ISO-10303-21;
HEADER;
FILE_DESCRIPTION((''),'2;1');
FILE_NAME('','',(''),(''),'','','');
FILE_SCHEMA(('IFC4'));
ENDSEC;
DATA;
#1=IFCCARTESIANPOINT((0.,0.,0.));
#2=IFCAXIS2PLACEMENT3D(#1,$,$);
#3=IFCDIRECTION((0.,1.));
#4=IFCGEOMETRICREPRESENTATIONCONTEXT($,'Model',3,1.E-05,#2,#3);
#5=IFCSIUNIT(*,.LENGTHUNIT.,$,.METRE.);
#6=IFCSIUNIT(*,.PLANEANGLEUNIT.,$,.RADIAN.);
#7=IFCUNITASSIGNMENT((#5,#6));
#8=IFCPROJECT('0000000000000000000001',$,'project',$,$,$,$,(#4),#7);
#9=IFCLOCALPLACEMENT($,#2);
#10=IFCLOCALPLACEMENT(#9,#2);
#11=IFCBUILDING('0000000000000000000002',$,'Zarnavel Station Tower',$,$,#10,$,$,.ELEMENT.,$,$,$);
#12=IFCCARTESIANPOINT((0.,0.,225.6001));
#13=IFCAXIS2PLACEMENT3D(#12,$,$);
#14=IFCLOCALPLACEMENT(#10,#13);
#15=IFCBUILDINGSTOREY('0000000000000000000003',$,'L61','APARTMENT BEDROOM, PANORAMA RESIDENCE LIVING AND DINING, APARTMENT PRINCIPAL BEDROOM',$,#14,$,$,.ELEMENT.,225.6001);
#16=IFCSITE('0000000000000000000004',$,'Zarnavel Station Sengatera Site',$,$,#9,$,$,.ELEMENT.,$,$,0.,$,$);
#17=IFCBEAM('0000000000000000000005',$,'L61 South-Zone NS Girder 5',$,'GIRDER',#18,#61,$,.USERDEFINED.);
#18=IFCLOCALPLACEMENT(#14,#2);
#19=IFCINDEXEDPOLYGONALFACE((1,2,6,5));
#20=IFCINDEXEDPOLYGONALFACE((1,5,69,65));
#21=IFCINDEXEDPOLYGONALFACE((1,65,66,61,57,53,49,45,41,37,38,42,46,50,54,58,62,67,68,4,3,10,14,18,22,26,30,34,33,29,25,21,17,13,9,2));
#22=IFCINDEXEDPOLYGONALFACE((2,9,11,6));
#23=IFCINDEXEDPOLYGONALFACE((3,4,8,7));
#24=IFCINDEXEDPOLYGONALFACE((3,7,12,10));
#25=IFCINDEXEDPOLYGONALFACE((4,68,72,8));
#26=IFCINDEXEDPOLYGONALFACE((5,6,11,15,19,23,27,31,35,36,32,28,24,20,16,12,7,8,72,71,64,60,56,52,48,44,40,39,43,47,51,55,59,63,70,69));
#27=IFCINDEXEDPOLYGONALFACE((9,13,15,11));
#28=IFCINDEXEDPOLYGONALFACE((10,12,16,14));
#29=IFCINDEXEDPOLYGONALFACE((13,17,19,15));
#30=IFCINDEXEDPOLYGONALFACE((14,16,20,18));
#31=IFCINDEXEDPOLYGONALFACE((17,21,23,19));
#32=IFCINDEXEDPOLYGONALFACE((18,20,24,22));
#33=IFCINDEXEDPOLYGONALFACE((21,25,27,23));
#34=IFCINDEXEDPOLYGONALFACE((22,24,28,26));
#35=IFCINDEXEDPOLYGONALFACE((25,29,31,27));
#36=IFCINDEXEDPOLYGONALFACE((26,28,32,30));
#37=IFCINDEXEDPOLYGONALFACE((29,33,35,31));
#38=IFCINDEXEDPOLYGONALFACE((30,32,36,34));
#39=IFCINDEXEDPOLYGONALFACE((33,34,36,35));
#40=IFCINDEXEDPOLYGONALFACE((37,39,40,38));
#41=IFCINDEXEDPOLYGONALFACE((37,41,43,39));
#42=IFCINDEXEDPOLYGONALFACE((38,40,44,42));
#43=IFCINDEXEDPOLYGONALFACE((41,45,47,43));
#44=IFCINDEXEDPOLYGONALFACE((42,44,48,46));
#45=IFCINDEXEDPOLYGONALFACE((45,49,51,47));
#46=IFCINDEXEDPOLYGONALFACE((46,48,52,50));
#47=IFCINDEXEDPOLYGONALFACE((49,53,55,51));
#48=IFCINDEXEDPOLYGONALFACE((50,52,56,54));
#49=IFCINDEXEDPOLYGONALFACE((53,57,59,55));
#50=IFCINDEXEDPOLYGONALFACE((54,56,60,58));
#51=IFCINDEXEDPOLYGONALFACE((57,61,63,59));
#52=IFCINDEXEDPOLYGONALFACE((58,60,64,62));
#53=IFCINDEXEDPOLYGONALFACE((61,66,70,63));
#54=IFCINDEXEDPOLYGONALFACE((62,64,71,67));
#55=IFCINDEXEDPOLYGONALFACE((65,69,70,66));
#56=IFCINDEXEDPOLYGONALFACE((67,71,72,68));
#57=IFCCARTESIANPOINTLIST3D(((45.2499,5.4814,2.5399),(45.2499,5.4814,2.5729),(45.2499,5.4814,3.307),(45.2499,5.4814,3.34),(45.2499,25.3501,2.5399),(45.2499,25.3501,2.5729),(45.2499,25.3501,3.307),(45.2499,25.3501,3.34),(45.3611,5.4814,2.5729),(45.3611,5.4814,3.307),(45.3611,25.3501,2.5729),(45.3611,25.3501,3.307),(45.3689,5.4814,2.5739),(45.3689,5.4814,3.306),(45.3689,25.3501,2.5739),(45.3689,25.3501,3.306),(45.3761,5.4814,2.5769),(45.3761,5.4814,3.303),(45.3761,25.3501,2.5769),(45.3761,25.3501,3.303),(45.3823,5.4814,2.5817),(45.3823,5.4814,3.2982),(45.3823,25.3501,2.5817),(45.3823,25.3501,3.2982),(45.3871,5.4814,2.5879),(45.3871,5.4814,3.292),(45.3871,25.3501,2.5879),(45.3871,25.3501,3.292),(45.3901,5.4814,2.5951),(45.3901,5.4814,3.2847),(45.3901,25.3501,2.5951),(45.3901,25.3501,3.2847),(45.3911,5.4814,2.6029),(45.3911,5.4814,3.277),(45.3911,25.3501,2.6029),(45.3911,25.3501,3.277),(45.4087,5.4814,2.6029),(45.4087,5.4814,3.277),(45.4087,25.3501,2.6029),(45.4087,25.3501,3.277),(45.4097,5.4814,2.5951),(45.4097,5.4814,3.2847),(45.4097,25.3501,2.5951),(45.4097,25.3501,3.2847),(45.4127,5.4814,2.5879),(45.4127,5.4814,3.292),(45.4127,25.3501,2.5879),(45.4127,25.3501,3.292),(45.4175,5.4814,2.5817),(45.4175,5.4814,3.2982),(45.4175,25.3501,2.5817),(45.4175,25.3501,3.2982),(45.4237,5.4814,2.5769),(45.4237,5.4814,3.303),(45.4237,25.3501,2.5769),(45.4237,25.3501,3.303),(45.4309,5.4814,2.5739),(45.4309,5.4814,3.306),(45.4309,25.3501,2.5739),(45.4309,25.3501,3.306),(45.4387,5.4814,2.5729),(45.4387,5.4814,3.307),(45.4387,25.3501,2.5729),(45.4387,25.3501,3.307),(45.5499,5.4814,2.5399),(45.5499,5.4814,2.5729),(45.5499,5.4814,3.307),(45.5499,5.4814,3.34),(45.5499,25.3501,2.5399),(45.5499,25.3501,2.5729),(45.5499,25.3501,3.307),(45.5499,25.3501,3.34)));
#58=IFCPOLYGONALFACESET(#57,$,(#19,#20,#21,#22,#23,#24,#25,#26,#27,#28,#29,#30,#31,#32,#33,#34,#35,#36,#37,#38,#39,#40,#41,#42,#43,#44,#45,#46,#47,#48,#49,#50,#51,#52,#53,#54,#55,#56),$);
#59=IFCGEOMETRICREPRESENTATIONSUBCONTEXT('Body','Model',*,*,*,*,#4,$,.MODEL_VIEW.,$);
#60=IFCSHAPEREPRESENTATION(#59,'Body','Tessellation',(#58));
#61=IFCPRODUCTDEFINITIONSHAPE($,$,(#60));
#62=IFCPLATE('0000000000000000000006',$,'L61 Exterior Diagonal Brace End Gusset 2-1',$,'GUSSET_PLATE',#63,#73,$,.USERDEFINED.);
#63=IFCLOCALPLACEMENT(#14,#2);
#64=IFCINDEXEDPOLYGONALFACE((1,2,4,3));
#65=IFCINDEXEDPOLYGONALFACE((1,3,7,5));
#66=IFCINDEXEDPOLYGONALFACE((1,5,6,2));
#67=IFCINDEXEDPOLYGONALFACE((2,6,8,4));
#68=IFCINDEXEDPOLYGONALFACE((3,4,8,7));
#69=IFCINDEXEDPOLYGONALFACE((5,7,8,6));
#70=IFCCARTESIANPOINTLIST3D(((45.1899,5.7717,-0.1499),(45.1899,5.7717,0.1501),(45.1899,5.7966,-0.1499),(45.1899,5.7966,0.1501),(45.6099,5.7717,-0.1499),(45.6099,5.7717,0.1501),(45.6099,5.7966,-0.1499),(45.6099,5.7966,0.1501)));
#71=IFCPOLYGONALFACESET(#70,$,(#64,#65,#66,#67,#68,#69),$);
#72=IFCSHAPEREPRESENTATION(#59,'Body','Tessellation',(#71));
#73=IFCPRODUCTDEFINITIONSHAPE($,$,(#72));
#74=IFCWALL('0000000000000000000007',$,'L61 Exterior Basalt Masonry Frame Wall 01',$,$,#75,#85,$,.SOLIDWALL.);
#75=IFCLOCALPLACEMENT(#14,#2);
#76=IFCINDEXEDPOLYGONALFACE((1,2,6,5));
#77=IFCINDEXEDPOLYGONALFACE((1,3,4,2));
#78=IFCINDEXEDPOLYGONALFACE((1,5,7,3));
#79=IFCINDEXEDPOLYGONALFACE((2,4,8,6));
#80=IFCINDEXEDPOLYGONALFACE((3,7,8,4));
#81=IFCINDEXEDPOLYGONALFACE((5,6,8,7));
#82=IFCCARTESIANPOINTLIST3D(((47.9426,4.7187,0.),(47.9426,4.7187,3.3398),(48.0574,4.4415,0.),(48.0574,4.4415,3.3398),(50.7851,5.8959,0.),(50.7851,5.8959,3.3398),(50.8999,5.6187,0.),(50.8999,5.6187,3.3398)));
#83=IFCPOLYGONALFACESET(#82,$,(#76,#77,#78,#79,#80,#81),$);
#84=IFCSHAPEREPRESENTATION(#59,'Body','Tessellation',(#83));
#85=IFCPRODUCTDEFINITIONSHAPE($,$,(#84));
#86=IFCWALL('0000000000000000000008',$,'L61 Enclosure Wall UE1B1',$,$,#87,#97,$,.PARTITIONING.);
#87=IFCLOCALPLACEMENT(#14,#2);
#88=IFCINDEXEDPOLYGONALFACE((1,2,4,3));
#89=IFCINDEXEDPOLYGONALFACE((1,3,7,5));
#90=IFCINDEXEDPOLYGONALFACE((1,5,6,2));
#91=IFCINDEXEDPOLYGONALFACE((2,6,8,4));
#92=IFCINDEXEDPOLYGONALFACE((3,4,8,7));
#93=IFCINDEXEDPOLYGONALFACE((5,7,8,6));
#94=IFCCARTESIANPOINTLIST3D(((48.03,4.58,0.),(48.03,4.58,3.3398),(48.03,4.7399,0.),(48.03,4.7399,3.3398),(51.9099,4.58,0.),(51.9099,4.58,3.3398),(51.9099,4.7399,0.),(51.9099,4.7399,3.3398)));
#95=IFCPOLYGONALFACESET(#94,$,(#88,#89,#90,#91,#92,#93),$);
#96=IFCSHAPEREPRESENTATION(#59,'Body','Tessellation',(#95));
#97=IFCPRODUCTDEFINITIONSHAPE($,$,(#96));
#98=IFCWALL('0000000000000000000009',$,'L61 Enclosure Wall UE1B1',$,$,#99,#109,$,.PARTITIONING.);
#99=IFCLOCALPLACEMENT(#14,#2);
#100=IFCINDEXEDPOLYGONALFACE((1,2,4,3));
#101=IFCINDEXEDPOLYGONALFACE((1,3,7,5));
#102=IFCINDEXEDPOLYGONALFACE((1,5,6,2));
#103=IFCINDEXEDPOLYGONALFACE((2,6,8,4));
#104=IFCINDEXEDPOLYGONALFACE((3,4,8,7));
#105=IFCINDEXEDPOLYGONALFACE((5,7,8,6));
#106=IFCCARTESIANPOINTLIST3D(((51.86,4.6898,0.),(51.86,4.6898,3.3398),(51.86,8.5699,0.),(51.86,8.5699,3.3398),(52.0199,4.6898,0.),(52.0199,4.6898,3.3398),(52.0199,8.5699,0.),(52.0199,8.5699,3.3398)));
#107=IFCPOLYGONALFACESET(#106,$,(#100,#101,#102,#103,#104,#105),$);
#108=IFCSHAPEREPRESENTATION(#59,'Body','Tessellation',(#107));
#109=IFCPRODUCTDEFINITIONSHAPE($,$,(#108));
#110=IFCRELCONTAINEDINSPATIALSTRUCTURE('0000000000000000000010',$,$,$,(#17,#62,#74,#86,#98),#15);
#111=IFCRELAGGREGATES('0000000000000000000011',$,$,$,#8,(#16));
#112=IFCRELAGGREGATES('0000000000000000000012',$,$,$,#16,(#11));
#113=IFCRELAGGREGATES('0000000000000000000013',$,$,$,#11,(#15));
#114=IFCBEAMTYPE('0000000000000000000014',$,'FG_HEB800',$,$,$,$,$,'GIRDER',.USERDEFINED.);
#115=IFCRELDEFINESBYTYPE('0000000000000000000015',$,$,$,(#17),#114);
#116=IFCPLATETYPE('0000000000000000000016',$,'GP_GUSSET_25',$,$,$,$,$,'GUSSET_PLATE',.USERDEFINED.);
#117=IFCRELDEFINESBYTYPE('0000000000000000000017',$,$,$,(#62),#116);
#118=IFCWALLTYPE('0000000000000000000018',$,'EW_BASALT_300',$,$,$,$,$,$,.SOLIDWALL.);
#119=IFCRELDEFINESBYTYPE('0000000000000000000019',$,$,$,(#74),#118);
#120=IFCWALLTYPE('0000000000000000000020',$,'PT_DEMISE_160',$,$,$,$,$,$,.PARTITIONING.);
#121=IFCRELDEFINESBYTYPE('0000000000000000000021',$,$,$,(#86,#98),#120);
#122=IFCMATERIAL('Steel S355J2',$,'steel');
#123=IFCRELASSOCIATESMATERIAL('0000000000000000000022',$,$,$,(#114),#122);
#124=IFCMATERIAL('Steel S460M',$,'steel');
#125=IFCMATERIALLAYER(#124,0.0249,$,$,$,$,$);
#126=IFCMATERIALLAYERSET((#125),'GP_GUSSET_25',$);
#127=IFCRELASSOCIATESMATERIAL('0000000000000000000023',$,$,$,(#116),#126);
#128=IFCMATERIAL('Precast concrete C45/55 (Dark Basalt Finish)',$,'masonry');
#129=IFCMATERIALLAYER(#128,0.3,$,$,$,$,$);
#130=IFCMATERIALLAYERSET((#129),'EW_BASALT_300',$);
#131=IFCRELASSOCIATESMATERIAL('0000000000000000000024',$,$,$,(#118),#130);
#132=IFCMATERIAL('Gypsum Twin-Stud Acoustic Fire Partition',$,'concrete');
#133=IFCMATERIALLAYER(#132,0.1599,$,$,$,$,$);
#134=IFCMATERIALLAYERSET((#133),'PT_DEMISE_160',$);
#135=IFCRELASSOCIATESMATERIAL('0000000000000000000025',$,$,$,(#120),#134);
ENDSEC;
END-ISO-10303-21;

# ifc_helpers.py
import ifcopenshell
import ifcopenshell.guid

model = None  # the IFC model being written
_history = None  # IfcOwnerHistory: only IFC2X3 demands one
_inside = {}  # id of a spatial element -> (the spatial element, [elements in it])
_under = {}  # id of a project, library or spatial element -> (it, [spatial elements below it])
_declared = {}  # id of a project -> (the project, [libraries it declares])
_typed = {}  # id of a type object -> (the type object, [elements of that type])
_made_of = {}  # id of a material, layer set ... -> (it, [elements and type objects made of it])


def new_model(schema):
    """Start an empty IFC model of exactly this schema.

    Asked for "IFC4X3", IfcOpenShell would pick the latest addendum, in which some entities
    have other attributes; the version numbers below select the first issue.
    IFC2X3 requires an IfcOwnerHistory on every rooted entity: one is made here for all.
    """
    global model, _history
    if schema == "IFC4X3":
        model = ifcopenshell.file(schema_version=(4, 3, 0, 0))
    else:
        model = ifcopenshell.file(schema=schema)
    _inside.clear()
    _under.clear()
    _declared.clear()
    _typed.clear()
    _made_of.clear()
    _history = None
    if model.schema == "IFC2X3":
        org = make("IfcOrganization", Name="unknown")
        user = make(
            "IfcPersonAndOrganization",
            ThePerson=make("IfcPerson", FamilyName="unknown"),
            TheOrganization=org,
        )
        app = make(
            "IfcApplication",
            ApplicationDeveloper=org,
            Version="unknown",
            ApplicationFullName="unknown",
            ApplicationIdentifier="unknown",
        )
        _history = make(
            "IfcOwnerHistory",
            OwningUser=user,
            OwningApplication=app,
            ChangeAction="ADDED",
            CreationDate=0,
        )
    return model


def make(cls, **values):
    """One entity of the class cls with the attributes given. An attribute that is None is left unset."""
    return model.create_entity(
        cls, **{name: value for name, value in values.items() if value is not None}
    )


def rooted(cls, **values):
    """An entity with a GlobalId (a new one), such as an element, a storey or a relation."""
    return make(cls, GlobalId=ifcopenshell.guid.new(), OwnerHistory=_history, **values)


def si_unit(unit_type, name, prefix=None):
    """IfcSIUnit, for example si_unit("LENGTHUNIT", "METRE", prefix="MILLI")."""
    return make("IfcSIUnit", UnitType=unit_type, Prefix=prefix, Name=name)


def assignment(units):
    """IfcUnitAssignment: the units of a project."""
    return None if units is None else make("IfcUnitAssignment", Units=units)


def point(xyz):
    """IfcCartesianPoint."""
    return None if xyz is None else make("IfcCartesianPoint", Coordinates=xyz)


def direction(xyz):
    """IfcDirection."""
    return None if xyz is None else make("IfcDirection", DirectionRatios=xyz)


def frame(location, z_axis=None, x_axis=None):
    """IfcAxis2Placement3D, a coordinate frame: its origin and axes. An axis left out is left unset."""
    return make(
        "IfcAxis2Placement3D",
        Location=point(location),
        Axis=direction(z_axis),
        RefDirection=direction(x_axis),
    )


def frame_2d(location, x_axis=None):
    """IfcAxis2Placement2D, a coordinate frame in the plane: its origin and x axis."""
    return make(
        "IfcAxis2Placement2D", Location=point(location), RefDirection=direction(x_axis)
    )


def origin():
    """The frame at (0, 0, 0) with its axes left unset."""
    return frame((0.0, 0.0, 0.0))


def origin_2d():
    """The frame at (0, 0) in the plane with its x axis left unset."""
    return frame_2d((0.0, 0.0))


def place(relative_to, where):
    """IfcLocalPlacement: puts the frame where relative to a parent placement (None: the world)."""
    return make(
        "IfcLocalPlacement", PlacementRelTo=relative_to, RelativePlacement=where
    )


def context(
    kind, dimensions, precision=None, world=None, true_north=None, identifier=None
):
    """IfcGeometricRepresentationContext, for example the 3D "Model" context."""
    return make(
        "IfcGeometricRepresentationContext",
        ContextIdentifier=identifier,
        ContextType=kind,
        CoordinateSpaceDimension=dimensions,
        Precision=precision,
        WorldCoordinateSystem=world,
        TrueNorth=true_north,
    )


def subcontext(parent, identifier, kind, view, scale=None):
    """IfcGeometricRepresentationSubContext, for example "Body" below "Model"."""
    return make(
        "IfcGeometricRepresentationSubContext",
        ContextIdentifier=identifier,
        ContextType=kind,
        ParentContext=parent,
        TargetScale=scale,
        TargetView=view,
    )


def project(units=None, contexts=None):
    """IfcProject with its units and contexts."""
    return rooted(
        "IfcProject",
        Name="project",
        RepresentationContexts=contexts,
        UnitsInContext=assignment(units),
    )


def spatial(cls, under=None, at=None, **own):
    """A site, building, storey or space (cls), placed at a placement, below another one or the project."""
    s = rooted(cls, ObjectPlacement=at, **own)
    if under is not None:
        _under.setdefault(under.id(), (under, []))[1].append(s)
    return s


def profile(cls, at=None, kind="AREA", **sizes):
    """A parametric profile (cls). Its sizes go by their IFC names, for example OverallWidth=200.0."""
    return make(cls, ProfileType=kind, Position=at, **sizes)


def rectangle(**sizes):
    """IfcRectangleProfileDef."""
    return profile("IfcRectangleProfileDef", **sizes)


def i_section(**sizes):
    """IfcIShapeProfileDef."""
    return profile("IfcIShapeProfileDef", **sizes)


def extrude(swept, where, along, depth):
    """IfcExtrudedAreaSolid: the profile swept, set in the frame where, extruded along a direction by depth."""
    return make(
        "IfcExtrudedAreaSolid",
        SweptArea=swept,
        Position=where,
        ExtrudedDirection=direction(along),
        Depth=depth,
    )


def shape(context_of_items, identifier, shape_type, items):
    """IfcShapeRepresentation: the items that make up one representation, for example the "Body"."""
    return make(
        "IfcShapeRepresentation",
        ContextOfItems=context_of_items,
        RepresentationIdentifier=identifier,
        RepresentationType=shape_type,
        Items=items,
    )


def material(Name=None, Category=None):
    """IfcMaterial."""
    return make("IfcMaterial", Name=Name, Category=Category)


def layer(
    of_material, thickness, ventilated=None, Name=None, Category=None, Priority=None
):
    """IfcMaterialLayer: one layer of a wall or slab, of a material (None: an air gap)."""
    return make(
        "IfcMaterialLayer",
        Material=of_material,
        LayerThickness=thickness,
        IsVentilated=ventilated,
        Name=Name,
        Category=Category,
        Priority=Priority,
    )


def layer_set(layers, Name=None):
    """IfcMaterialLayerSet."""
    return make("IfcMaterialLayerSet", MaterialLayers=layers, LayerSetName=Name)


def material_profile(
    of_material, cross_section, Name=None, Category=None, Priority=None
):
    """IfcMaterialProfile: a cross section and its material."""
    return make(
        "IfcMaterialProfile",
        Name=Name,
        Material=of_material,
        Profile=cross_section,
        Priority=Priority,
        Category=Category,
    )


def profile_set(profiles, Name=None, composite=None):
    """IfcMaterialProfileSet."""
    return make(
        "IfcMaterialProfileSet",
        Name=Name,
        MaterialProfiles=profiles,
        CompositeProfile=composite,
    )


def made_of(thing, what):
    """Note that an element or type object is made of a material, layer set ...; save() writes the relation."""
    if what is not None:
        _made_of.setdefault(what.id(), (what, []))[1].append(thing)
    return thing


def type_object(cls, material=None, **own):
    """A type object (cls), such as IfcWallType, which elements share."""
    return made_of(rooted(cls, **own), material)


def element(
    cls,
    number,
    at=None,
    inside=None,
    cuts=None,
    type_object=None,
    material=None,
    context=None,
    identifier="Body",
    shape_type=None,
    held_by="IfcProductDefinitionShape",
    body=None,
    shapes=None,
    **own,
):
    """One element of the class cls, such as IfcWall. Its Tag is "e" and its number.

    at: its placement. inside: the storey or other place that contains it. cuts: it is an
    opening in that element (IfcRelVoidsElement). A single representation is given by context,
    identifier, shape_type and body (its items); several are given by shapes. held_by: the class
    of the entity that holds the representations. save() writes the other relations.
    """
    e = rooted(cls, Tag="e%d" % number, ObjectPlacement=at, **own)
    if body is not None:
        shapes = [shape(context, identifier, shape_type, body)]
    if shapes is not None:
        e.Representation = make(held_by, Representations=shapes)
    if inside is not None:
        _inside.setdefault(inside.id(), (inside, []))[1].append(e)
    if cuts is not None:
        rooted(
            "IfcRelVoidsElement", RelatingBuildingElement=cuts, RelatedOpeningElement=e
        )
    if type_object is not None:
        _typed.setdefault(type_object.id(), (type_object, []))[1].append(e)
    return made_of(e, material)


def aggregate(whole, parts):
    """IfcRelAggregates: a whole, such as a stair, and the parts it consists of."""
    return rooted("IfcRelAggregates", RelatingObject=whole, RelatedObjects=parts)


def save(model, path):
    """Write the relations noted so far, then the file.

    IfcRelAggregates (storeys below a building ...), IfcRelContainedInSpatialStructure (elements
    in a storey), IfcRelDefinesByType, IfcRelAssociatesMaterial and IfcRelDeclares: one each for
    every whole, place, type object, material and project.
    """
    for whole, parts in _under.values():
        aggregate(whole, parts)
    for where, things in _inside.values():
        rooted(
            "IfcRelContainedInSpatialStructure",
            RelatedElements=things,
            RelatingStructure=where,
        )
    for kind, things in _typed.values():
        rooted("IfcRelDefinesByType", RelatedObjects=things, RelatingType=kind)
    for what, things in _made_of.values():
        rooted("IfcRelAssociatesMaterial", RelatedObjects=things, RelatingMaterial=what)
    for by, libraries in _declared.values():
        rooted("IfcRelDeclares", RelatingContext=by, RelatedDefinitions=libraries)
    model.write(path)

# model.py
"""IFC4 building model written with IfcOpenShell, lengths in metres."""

from ifc_helpers import new_model, si_unit, direction, frame, frame_2d, origin, origin_2d, place, context, subcontext, project, spatial, rectangle, i_section, extrude, material, layer, layer_set, material_profile, profile_set, type_object, element, save


model = new_model("IFC4")

# Units and contexts
model_context = context("Model", 3, precision=1e-05, world=origin(), true_north=direction((0.0, 1.0)))
body_context = subcontext(model_context, "Body", "Model", "MODEL_VIEW")
ifc_project = project(units=[si_unit("LENGTHUNIT", "METRE"), si_unit("PLANEANGLEUNIT", "RADIAN")], contexts=[model_context])

# Site, building, storey
site_placement = place(None, origin())
site = spatial("IfcSite", under=ifc_project, at=site_placement, Name="Zarnavel Station Sengatera Site", CompositionType="ELEMENT", RefElevation=0.0)
building_placement = place(site_placement, origin())
building = spatial("IfcBuilding", under=site, at=building_placement, Name="Zarnavel Station Tower", CompositionType="ELEMENT")
storey_placement = place(building_placement, frame((0.0, 0.0, 225.6001)))
storey = spatial("IfcBuildingStorey", under=building, at=storey_placement, Name="L61", Description="APARTMENT BEDROOM, PANORAMA RESIDENCE LIVING AND DINING, APARTMENT PRINCIPAL BEDROOM", CompositionType="ELEMENT", Elevation=225.6001)

# Beam
ifc_material_1 = material(Name="Steel S355J2", Category="steel")
ifc_material_profile_1 = material_profile(ifc_material_1, i_section(OverallWidth=0.3, OverallDepth=0.8, WebThickness=0.0176, FlangeThickness=0.033, FilletRadius=0.03, at=origin_2d()), Name="HEB800")
ifc_profile_set_1 = profile_set([ifc_material_profile_1], Name="Steel S355J2")
beam_type_1 = type_object("IfcBeamType", Name="FG_HEB800", ElementType="GIRDER", PredefinedType="USERDEFINED", material=ifc_profile_set_1)
beam_1_placement = place(storey_placement, frame((45.3999, 5.4814, 2.9399), z_axis=(0.0, 1.0, 0.0), x_axis=(-1.0, 0.0, 0.0)))
element("IfcBeam", 1, at=beam_1_placement, inside=storey, type_object=beam_type_1, Name="L61 South-Zone NS Girder 5", ObjectType="GIRDER", PredefinedType="USERDEFINED", context=body_context, shape_type="SweptSolid", body=[
    extrude(i_section(OverallWidth=0.3, OverallDepth=0.8, WebThickness=0.0176, FlangeThickness=0.033, FilletRadius=0.03, at=origin_2d()), origin(), (0.0, 0.0, 1.0), 19.8687),
])

# Plate
ifc_material_2 = material(Name="Steel S460M", Category="steel")
ifc_layer_1 = layer(ifc_material_2, 0.0249)
ifc_layer_set_1 = layer_set([ifc_layer_1], Name="GP_GUSSET_25")
plate_type = type_object("IfcPlateType", Name="GP_GUSSET_25", ElementType="GUSSET_PLATE", PredefinedType="USERDEFINED", material=ifc_layer_set_1)
plate_placement = place(storey_placement, frame((45.3999, 5.7842, -0.1499), z_axis=(0.0, 0.0, 1.0), x_axis=(1.0, 0.0, 0.0)))
element("IfcPlate", 2, at=plate_placement, inside=storey, type_object=plate_type, Name="L61 Exterior Diagonal Brace End Gusset 2-1", ObjectType="GUSSET_PLATE", PredefinedType="USERDEFINED", context=body_context, shape_type="SweptSolid", body=[
    extrude(rectangle(XDim=0.4199, YDim=0.0249, at=origin_2d()), origin(), (0.0, 0.0, 1.0), 0.3),
])

# Wall
ifc_material_3 = material(Name="Precast concrete C45/55 (Dark Basalt Finish)", Category="masonry")
ifc_layer_2 = layer(ifc_material_3, 0.3)
ifc_layer_set_2 = layer_set([ifc_layer_2], Name="EW_BASALT_300")
wall_type_1 = type_object("IfcWallType", Name="EW_BASALT_300", PredefinedType="SOLIDWALL", material=ifc_layer_set_2)
wall_1_placement = place(storey_placement, frame((50.8425, 5.7573, 0.0), z_axis=(0.0, 0.0, 1.0), x_axis=(-0.923899, -0.382637, 0.0)))
element("IfcWall", 3, at=wall_1_placement, inside=storey, type_object=wall_type_1, Name="L61 Exterior Basalt Masonry Frame Wall 01", PredefinedType="SOLIDWALL", context=body_context, shape_type="SweptSolid", body=[
    extrude(rectangle(XDim=3.0767, YDim=0.3, at=frame_2d((1.5383, 0.0))), origin(), (0.0, 0.0, 1.0), 3.3398),
])

# Walls
ifc_material_4 = material(Name="Gypsum Twin-Stud Acoustic Fire Partition", Category="concrete")
ifc_layer_3 = layer(ifc_material_4, 0.1599)
ifc_layer_set_3 = layer_set([ifc_layer_3], Name="PT_DEMISE_160")
wall_type_2 = type_object("IfcWallType", Name="PT_DEMISE_160", PredefinedType="PARTITIONING", material=ifc_layer_set_3)
wall_2_placement = place(storey_placement, frame((48.03, 4.6599, 0.0), z_axis=(0.0, 0.0, 1.0), x_axis=(1.0, 0.0, 0.0)))
element("IfcWall", 4, at=wall_2_placement, inside=storey, type_object=wall_type_2, Name="L61 Enclosure Wall UE1B1", PredefinedType="PARTITIONING", context=body_context, shape_type="SweptSolid", body=[
    extrude(rectangle(XDim=3.8799, YDim=0.1599, at=frame_2d((1.9399, 0.0))), origin(), (0.0, 0.0, 1.0), 3.3398),
])
wall_3_placement = place(storey_placement, frame((51.9399, 4.6899, 0.0), z_axis=(0.0, 0.0, 1.0), x_axis=(0.0, 1.0, 0.0)))
element("IfcWall", 5, at=wall_3_placement, inside=storey, type_object=wall_type_2, Name="L61 Enclosure Wall UE1B1", PredefinedType="PARTITIONING", context=body_context, shape_type="SweptSolid", body=[
    extrude(rectangle(XDim=3.8801, YDim=0.1599, at=frame_2d((1.9399, 0.0))), origin(), (0.0, 0.0, 1.0), 3.3398),
])

save(model, "model.ifc")
